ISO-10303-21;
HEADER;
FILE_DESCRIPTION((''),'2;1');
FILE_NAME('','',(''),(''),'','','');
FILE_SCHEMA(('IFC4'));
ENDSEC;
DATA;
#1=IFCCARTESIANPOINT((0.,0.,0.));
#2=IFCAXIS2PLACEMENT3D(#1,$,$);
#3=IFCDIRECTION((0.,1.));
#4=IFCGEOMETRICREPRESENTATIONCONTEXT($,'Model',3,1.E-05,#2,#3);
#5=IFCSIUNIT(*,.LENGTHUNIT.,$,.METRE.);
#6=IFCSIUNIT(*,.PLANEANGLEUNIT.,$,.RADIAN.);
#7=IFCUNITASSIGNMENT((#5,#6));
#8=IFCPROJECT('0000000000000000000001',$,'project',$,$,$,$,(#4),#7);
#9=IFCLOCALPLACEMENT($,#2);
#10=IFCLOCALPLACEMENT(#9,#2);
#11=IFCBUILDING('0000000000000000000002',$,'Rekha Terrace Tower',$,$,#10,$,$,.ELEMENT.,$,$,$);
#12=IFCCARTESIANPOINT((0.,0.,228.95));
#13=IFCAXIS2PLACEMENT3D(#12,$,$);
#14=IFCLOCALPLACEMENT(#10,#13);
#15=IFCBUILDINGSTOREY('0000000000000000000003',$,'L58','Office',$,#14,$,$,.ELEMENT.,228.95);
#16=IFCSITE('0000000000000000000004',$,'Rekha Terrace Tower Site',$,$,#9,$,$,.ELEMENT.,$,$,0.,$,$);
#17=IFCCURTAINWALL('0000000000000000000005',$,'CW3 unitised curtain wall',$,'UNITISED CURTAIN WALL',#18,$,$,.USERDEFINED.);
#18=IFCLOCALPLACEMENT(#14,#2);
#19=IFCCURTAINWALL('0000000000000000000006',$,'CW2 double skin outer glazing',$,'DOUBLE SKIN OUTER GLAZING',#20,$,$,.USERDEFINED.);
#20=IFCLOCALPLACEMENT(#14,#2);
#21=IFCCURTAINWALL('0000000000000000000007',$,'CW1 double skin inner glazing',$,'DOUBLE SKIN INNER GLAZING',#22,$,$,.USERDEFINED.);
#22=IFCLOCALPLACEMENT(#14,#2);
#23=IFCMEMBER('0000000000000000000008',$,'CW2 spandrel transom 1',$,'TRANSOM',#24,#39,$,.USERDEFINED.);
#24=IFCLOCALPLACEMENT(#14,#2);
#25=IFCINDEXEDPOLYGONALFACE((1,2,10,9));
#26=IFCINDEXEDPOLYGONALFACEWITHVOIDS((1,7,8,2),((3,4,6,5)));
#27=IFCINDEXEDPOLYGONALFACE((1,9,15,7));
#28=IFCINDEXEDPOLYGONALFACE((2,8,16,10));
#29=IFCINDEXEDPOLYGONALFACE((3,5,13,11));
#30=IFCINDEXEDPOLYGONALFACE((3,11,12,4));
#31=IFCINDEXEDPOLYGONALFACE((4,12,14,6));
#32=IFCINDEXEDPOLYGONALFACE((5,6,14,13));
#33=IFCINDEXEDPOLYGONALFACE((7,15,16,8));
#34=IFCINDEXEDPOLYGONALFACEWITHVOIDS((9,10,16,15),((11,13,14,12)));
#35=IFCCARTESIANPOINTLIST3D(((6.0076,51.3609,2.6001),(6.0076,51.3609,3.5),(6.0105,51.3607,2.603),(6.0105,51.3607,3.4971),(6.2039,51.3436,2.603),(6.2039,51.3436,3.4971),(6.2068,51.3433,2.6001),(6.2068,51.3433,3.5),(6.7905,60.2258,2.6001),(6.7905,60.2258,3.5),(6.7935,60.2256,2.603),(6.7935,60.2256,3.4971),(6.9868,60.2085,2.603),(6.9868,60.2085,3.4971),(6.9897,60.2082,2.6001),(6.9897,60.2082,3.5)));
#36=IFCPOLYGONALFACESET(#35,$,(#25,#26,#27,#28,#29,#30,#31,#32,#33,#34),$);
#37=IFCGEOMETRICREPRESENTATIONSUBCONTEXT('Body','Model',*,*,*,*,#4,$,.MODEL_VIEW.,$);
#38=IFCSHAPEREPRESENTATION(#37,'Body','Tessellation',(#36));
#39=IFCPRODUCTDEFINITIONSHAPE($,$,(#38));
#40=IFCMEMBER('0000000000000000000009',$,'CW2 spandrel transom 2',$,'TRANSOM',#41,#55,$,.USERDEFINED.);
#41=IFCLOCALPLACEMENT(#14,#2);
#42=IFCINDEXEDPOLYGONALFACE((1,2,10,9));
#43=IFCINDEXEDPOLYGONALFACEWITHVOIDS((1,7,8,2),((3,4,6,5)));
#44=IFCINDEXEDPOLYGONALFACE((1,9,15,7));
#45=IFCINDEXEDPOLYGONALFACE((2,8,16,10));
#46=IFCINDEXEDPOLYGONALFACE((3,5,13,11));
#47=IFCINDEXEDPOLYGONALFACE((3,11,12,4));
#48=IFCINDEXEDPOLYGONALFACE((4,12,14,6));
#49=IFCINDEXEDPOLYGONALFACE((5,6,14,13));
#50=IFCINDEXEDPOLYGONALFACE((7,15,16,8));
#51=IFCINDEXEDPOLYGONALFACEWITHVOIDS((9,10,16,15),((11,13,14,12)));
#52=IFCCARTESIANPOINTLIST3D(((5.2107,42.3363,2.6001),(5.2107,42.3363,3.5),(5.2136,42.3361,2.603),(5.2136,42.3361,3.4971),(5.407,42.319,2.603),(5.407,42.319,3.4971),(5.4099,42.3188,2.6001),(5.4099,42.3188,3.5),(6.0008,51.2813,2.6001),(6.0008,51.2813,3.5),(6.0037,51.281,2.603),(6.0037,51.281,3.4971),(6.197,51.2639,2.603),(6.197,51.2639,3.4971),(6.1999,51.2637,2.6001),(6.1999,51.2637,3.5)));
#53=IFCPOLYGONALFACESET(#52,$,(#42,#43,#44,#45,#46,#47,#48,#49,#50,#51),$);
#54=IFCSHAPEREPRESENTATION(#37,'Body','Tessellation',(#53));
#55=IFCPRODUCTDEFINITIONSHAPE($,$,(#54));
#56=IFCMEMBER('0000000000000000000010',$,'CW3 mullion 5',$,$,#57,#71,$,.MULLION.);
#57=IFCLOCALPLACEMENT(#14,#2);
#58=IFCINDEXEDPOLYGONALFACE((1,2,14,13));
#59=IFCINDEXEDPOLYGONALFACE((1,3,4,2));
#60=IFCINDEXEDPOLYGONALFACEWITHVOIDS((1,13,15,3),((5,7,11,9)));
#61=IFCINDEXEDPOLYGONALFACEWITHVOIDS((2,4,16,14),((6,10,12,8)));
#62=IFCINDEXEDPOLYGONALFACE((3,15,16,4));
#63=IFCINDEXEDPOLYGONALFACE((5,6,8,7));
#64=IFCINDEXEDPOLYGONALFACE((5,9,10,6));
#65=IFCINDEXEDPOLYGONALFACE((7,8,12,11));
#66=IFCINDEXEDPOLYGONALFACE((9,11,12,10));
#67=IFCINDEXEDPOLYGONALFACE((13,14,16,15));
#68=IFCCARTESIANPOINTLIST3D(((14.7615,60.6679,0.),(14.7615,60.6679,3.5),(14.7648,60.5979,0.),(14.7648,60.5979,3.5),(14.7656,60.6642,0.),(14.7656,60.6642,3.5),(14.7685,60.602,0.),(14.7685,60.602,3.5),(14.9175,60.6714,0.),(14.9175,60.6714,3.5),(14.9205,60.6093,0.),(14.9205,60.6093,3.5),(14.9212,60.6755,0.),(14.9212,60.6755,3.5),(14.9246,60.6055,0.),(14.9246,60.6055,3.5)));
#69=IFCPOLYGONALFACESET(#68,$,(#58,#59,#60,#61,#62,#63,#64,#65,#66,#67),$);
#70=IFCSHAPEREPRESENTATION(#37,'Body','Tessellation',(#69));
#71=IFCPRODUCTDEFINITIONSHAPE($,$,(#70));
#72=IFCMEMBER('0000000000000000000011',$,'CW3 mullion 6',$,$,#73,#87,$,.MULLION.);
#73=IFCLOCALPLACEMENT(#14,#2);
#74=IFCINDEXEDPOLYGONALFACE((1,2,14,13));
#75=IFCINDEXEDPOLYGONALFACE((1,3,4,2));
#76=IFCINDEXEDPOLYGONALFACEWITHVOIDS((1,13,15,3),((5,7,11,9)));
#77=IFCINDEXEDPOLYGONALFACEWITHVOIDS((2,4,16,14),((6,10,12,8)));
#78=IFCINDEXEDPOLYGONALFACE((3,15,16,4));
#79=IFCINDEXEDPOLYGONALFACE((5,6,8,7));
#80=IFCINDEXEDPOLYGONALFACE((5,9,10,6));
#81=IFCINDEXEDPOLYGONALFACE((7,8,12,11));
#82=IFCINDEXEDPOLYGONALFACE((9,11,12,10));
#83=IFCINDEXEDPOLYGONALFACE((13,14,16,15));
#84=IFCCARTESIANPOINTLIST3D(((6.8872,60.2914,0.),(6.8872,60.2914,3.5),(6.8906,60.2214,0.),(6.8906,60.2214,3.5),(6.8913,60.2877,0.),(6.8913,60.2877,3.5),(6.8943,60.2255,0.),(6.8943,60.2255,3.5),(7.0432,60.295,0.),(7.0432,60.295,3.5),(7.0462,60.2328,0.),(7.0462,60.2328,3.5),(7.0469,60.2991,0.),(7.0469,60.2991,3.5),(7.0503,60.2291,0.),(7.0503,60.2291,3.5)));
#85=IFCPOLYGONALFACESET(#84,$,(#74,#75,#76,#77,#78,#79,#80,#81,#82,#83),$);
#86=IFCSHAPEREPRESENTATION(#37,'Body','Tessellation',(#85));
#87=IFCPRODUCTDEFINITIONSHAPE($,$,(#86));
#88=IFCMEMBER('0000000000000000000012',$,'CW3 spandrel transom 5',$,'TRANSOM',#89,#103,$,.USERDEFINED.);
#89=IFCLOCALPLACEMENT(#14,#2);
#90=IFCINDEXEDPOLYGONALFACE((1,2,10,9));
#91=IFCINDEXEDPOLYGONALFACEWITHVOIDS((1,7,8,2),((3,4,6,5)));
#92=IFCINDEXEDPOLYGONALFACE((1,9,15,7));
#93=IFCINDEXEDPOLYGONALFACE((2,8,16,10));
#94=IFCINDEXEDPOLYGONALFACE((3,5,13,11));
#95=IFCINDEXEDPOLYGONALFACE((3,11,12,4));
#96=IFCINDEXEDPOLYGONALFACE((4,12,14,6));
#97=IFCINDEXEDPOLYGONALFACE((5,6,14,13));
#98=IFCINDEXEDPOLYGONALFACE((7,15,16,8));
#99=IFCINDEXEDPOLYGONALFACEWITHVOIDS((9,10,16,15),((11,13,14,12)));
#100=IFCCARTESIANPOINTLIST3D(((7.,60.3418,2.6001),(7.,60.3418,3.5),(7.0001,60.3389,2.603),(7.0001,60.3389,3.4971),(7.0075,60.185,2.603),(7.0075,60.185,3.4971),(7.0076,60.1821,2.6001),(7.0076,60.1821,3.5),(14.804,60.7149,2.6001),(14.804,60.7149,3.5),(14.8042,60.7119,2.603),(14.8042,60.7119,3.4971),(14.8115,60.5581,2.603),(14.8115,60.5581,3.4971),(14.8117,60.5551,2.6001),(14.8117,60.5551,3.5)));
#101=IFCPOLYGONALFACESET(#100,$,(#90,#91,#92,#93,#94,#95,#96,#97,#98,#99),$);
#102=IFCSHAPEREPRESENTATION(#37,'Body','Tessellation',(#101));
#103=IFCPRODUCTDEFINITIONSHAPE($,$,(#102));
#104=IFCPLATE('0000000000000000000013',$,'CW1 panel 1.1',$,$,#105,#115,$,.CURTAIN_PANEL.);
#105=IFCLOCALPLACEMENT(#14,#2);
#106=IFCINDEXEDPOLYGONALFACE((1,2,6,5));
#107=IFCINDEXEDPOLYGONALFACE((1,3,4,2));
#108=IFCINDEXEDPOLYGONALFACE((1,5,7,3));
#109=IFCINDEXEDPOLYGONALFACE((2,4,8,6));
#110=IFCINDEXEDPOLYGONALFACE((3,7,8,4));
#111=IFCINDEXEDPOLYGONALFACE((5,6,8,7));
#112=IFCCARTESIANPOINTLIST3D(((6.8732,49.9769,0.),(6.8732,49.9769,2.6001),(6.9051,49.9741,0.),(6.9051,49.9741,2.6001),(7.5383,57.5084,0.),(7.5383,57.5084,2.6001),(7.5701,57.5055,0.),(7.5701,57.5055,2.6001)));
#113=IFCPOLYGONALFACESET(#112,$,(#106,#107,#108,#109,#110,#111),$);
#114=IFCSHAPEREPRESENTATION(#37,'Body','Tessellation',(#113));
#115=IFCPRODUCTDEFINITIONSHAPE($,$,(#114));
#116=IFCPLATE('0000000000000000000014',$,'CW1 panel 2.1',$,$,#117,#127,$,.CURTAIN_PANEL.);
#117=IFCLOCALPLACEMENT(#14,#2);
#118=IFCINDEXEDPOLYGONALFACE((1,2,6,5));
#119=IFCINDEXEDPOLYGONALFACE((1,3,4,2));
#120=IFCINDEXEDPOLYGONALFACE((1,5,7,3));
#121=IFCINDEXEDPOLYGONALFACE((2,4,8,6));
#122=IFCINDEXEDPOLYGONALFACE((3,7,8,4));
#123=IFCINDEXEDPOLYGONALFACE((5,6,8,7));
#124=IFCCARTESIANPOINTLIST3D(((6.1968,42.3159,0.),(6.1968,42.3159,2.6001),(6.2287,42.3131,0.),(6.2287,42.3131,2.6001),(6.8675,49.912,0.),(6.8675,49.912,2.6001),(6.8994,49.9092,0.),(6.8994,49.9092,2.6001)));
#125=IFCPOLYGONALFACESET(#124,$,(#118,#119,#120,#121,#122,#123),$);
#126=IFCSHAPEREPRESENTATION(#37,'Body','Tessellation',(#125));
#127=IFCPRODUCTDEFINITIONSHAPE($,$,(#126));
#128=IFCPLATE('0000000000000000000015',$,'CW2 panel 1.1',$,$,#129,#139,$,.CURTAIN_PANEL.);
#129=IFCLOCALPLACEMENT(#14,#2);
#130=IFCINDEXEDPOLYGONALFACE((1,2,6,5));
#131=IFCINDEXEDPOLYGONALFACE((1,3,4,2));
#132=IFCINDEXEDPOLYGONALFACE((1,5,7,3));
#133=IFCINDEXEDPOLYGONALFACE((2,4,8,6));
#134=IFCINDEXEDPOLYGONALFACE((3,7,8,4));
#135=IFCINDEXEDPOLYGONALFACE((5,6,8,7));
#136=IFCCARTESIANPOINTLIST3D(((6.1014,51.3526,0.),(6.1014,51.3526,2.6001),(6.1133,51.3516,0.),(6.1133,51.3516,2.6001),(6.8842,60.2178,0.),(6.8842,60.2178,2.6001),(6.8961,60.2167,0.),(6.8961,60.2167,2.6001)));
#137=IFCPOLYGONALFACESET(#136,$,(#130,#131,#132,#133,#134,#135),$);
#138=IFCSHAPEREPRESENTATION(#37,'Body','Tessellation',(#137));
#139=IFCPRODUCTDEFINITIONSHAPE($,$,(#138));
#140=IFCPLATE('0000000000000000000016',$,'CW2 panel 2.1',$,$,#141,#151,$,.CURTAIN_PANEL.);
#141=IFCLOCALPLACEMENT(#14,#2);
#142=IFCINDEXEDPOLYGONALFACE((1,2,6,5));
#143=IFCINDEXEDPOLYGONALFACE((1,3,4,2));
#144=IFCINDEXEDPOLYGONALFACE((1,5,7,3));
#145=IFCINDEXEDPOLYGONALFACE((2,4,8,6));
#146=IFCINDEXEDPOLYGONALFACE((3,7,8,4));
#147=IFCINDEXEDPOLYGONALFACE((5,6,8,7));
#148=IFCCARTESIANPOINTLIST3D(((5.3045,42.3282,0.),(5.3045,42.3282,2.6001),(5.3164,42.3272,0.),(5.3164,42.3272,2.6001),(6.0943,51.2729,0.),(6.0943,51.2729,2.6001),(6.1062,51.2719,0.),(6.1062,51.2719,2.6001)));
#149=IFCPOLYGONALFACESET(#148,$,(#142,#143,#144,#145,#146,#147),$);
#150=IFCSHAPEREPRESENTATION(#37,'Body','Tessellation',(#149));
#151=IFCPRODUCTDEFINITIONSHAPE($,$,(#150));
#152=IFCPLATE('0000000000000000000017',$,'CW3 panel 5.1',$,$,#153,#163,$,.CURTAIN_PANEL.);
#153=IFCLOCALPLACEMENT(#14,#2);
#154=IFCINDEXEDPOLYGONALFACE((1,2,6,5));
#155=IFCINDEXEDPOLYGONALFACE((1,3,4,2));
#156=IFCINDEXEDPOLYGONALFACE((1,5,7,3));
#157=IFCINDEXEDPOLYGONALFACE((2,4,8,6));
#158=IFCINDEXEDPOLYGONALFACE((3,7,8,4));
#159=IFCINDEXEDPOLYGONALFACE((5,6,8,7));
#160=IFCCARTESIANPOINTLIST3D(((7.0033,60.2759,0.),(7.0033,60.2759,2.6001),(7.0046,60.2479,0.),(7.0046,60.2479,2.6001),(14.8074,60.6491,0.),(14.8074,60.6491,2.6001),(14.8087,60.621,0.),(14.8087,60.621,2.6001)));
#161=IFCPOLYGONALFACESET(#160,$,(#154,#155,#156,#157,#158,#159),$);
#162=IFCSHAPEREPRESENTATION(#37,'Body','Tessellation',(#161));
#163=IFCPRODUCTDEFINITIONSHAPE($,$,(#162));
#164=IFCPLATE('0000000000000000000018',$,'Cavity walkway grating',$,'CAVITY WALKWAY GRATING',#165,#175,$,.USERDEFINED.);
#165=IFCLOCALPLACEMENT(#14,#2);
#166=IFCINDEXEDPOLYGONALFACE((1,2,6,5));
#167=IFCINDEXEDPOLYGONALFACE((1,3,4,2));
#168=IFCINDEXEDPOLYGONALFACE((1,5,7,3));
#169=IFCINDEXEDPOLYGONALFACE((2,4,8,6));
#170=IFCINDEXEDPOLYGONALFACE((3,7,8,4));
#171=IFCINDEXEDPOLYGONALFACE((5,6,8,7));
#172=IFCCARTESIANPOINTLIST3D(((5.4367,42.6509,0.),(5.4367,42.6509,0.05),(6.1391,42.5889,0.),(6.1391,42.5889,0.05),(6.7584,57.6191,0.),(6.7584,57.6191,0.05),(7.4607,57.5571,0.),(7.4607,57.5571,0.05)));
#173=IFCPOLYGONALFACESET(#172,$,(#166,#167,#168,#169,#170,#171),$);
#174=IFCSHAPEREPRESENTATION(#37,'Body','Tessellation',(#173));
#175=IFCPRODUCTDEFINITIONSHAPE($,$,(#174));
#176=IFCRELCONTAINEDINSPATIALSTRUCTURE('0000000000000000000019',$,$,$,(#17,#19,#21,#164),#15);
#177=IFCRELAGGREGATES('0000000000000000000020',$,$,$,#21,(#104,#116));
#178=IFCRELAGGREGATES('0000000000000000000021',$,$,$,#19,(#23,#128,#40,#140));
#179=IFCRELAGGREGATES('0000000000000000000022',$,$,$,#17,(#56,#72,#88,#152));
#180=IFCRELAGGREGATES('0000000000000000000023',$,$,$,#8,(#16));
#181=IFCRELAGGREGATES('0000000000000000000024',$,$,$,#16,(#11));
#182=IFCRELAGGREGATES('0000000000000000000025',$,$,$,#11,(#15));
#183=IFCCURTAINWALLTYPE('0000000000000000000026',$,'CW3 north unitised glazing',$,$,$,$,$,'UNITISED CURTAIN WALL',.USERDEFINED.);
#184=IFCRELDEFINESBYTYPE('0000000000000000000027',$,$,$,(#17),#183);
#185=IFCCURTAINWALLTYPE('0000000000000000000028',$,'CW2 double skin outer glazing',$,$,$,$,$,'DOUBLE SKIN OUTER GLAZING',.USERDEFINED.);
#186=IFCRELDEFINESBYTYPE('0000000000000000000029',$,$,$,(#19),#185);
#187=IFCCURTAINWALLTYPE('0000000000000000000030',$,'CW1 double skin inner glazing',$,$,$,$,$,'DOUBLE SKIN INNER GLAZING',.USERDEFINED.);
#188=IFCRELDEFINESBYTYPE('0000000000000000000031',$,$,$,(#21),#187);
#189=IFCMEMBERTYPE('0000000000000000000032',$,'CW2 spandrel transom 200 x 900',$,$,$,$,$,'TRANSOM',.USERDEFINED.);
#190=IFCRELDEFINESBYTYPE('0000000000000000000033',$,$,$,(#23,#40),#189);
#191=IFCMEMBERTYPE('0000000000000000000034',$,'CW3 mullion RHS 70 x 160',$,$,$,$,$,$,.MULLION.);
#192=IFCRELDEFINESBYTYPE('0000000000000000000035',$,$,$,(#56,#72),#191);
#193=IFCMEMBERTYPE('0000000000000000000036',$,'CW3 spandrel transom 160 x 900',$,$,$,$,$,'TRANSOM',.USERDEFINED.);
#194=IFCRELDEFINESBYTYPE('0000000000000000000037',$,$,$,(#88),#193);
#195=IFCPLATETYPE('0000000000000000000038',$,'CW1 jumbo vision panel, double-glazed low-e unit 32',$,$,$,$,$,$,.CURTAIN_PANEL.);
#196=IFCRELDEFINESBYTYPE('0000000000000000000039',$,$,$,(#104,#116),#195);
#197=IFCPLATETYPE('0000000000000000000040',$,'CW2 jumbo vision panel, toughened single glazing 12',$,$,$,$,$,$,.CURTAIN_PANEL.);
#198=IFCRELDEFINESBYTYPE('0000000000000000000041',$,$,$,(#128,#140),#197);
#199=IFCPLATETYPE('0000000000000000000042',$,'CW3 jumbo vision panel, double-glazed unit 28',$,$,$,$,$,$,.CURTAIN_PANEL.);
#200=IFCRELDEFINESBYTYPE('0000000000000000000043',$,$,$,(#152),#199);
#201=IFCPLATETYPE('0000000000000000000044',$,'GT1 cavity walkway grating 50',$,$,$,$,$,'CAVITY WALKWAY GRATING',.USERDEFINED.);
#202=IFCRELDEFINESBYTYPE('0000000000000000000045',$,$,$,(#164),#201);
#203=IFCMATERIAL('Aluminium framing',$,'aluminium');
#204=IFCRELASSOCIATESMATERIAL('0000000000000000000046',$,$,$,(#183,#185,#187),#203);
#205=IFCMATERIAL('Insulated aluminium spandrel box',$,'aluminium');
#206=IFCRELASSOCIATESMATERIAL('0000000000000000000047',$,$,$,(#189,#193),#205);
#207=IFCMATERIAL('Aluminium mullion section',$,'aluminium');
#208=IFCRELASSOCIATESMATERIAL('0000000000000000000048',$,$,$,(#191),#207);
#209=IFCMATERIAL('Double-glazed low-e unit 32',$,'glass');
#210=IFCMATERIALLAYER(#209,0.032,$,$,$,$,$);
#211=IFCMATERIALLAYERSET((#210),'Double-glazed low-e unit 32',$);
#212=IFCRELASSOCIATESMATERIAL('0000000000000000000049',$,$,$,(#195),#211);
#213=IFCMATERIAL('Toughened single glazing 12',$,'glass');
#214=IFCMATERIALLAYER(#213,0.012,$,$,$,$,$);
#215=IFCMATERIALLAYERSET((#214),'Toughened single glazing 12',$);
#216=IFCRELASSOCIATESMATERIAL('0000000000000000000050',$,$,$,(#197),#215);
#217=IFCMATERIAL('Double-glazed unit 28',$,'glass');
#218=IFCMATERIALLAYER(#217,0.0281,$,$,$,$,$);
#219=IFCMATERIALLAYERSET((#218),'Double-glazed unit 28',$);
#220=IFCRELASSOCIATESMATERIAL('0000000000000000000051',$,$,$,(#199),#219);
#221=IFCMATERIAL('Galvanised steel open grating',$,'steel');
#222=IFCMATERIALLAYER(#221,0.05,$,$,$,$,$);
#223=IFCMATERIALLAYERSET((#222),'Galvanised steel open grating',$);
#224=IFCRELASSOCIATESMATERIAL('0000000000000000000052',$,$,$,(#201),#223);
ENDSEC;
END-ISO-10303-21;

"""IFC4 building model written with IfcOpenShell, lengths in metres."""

from ifc_helpers import new_model, si_unit, direction, frame, origin, origin_2d, place, context, subcontext, project, spatial, rectangle, hollow_rectangle, extrude, material, layer, layer_set, material_profile, profile_set, type_object, element, aggregate, save


model = new_model("IFC4")

# Units and contexts
model_context = context("Model", 3, precision=1e-05, world=origin(), true_north=direction((0.0, 1.0)))
body_context = subcontext(model_context, "Body", "Model", "MODEL_VIEW")
ifc_project = project(units=[si_unit("LENGTHUNIT", "METRE"), si_unit("PLANEANGLEUNIT", "RADIAN")], contexts=[model_context])

# Site, building, storey
site_placement = place(None, origin())
site = spatial("IfcSite", under=ifc_project, at=site_placement, Name="Rekha Terrace Tower Site", CompositionType="ELEMENT", RefElevation=0.0)
building_placement = place(site_placement, origin())
building = spatial("IfcBuilding", under=site, at=building_placement, Name="Rekha Terrace Tower", CompositionType="ELEMENT")
storey_placement = place(building_placement, frame((0.0, 0.0, 228.95)))
storey = spatial("IfcBuildingStorey", under=building, at=storey_placement, Name="L58", Description="Office", CompositionType="ELEMENT", Elevation=228.95)

# Curtain walls
ifc_material_1 = material(Name="Aluminium framing", Category="aluminium")
curtain_wall_type_1 = type_object("IfcCurtainWallType", Name="CW3 north unitised glazing", ElementType="UNITISED CURTAIN WALL", PredefinedType="USERDEFINED", material=ifc_material_1)
curtain_wall_1_placement = place(storey_placement, origin())
curtain_wall_1 = element("IfcCurtainWall", 1, at=curtain_wall_1_placement, inside=storey, type_object=curtain_wall_type_1, Name="CW3 unitised curtain wall", ObjectType="UNITISED CURTAIN WALL", PredefinedType="USERDEFINED")
curtain_wall_type_2 = type_object("IfcCurtainWallType", Name="CW2 double skin outer glazing", ElementType="DOUBLE SKIN OUTER GLAZING", PredefinedType="USERDEFINED", material=ifc_material_1)
curtain_wall_2_placement = place(storey_placement, origin())
curtain_wall_2 = element("IfcCurtainWall", 2, at=curtain_wall_2_placement, inside=storey, type_object=curtain_wall_type_2, Name="CW2 double skin outer glazing", ObjectType="DOUBLE SKIN OUTER GLAZING", PredefinedType="USERDEFINED")

# Curtain wall
curtain_wall_type_3 = type_object("IfcCurtainWallType", Name="CW1 double skin inner glazing", ElementType="DOUBLE SKIN INNER GLAZING", PredefinedType="USERDEFINED", material=ifc_material_1)
curtain_wall_3_placement = place(storey_placement, origin())
curtain_wall_3 = element("IfcCurtainWall", 3, at=curtain_wall_3_placement, inside=storey, type_object=curtain_wall_type_3, Name="CW1 double skin inner glazing", ObjectType="DOUBLE SKIN INNER GLAZING", PredefinedType="USERDEFINED")
ifc_material_2 = material(Name="Aluminium mullion section", Category="aluminium")
ifc_material_3 = material(Name="Insulated aluminium spandrel box", Category="aluminium")

# Members
ifc_material_profile_1 = material_profile(ifc_material_3, hollow_rectangle(XDim=0.2, YDim=0.8999, WallThickness=0.0029, at=origin_2d()), Name="AL SPANDREL BOX 200x900")
ifc_profile_set_1 = profile_set([ifc_material_profile_1], Name="Insulated aluminium spandrel box")
member_type_1 = type_object("IfcMemberType", Name="CW2 spandrel transom 200 x 900", ElementType="TRANSOM", PredefinedType="USERDEFINED", material=ifc_profile_set_1)
member_1_placement = place(storey_placement, frame((6.8901, 60.217, 3.05), z_axis=(-0.087978, -0.996122, 0.0), x_axis=(0.996122, -0.087978, 0.0)))
member_1 = element("IfcMember", 4, at=member_1_placement, type_object=member_type_1, Name="CW2 spandrel transom 1", ObjectType="TRANSOM", PredefinedType="USERDEFINED", context=body_context, shape_type="SweptSolid", body=[
    extrude(hollow_rectangle(XDim=0.2, YDim=0.8999, WallThickness=0.0029, at=origin_2d()), origin(), (0.0, 0.0, 1.0), 8.8994),
])
member_2_placement = place(storey_placement, frame((6.1003, 51.2725, 3.05), z_axis=(-0.087981, -0.996122, 0.0), x_axis=(0.996122, -0.087981, 0.0)))
member_2 = element("IfcMember", 5, at=member_2_placement, type_object=member_type_1, Name="CW2 spandrel transom 2", ObjectType="TRANSOM", PredefinedType="USERDEFINED", context=body_context, shape_type="SweptSolid", body=[
    extrude(hollow_rectangle(XDim=0.2, YDim=0.8999, WallThickness=0.0029, at=origin_2d()), origin(), (0.0, 0.0, 1.0), 8.9797),
])
ifc_material_profile_2 = material_profile(ifc_material_2, hollow_rectangle(XDim=0.0701, YDim=0.1599, WallThickness=0.0039, at=origin_2d()), Name="AL RHS 70x160")
ifc_profile_set_2 = profile_set([ifc_material_profile_2], Name="Aluminium mullion section")
member_type_2 = type_object("IfcMemberType", Name="CW3 mullion RHS 70 x 160", PredefinedType="MULLION", material=ifc_profile_set_2)
member_3_placement = place(storey_placement, frame((14.843, 60.6367, 0.0), z_axis=(0.0, 0.0, 1.0), x_axis=(0.047759, -0.998859, 0.0)))
member_3 = element("IfcMember", 6, at=member_3_placement, type_object=member_type_2, Name="CW3 mullion 5", PredefinedType="MULLION", context=body_context, shape_type="SweptSolid", body=[
    extrude(hollow_rectangle(XDim=0.0701, YDim=0.1599, WallThickness=0.0039, at=origin_2d()), origin(), (0.0, 0.0, 1.0), 3.5),
])
member_4_placement = place(storey_placement, frame((6.9688, 60.2603, 0.0), z_axis=(0.0, 0.0, 1.0), x_axis=(0.047759, -0.998859, 0.0)))
member_4 = element("IfcMember", 7, at=member_4_placement, type_object=member_type_2, Name="CW3 mullion 6", PredefinedType="MULLION", context=body_context, shape_type="SweptSolid", body=[
    extrude(hollow_rectangle(XDim=0.0701, YDim=0.1599, WallThickness=0.0039, at=origin_2d()), origin(), (0.0, 0.0, 1.0), 3.5),
])
ifc_material_profile_3 = material_profile(ifc_material_3, hollow_rectangle(XDim=0.1599, YDim=0.8999, WallThickness=0.0029, at=origin_2d()), Name="AL SPANDREL BOX 160x900")
ifc_profile_set_3 = profile_set([ifc_material_profile_3], Name="Insulated aluminium spandrel box")
member_type_3 = type_object("IfcMemberType", Name="CW3 spandrel transom 160 x 900", ElementType="TRANSOM", PredefinedType="USERDEFINED", material=ifc_profile_set_3)
member_5_placement = place(storey_placement, frame((14.8079, 60.635, 3.05), z_axis=(-0.998859, -0.047748, 0.0), x_axis=(0.047748, -0.998859, 0.0)))
member_5 = element("IfcMember", 8, at=member_5_placement, type_object=member_type_3, Name="CW3 spandrel transom 5", ObjectType="TRANSOM", PredefinedType="USERDEFINED", context=body_context, shape_type="SweptSolid", body=[
    extrude(hollow_rectangle(XDim=0.1599, YDim=0.8999, WallThickness=0.0029, at=origin_2d()), origin(), (0.0, 0.0, 1.0), 7.813),
])

# Plates
ifc_material_4 = material(Name="Double-glazed low-e unit 32", Category="glass")
ifc_layer_1 = layer(ifc_material_4, 0.032)
ifc_layer_set_1 = layer_set([ifc_layer_1], Name="Double-glazed low-e unit 32")
plate_type_1 = type_object("IfcPlateType", Name="CW1 jumbo vision panel, double-glazed low-e unit 32", PredefinedType="CURTAIN_PANEL", material=ifc_layer_set_1)
plate_1_placement = place(storey_placement, frame((7.2217, 53.7412, 0.0), z_axis=(0.0, 0.0, 1.0), x_axis=(-0.087958, -0.996124, 0.0)))
plate_1 = element("IfcPlate", 9, at=plate_1_placement, type_object=plate_type_1, Name="CW1 panel 1.1", PredefinedType="CURTAIN_PANEL", context=body_context, shape_type="SweptSolid", body=[
    extrude(rectangle(XDim=7.5608, YDim=0.032, at=origin_2d()), origin(), (0.0, 0.0, 1.0), 2.6001),
])
plate_2_placement = place(storey_placement, frame((6.5481, 46.1125, 0.0), z_axis=(0.0, 0.0, 1.0), x_axis=(-0.087958, -0.996124, 0.0)))
plate_2 = element("IfcPlate", 10, at=plate_2_placement, type_object=plate_type_1, Name="CW1 panel 2.1", PredefinedType="CURTAIN_PANEL", context=body_context, shape_type="SweptSolid", body=[
    extrude(rectangle(XDim=7.6257, YDim=0.032, at=origin_2d()), origin(), (0.0, 0.0, 1.0), 2.6001),
])
aggregate(curtain_wall_3, [plate_1, plate_2])
ifc_material_5 = material(Name="Toughened single glazing 12", Category="glass")
ifc_layer_2 = layer(ifc_material_5, 0.012)
ifc_layer_set_2 = layer_set([ifc_layer_2], Name="Toughened single glazing 12")
plate_type_2 = type_object("IfcPlateType", Name="CW2 jumbo vision panel, toughened single glazing 12", PredefinedType="CURTAIN_PANEL", material=ifc_layer_set_2)
plate_3_placement = place(storey_placement, frame((6.4988, 55.7847, 0.0), z_axis=(0.0, 0.0, 1.0), x_axis=(-0.087958, -0.996124, 0.0)))
plate_3 = element("IfcPlate", 11, at=plate_3_placement, type_object=plate_type_2, Name="CW2 panel 1.1", PredefinedType="CURTAIN_PANEL", context=body_context, shape_type="SweptSolid", body=[
    extrude(rectangle(XDim=8.8997, YDim=0.012, at=origin_2d()), origin(), (0.0, 0.0, 1.0), 2.6001),
])
plate_4_placement = place(storey_placement, frame((5.7053, 46.8, 0.0), z_axis=(0.0, 0.0, 1.0), x_axis=(-0.087958, -0.996124, 0.0)))
plate_4 = element("IfcPlate", 12, at=plate_4_placement, type_object=plate_type_2, Name="CW2 panel 2.1", PredefinedType="CURTAIN_PANEL", context=body_context, shape_type="SweptSolid", body=[
    extrude(rectangle(XDim=8.9795, YDim=0.012, at=origin_2d()), origin(), (0.0, 0.0, 1.0), 2.6001),
])
aggregate(curtain_wall_2, [member_1, plate_3, member_2, plate_4])
ifc_material_6 = material(Name="Double-glazed unit 28", Category="glass")
ifc_layer_3 = layer(ifc_material_6, 0.0281)
ifc_layer_set_3 = layer_set([ifc_layer_3], Name="Double-glazed unit 28")
plate_type_3 = type_object("IfcPlateType", Name="CW3 jumbo vision panel, double-glazed unit 28", PredefinedType="CURTAIN_PANEL", material=ifc_layer_set_3)
plate_5_placement = place(storey_placement, frame((10.906, 60.4485, 0.0), z_axis=(0.0, 0.0, 1.0), x_axis=(-0.998859, -0.047759, 0.0)))
plate_5 = element("IfcPlate", 13, at=plate_5_placement, type_object=plate_type_3, Name="CW3 panel 5.1", PredefinedType="CURTAIN_PANEL", context=body_context, shape_type="SweptSolid", body=[
    extrude(rectangle(XDim=7.813, YDim=0.0281, at=origin_2d()), origin(), (0.0, 0.0, 1.0), 2.6001),
])
aggregate(curtain_wall_1, [member_3, member_4, member_5, plate_5])
ifc_material_7 = material(Name="Galvanised steel open grating", Category="steel")
ifc_layer_4 = layer(ifc_material_7, 0.05)
ifc_layer_set_4 = layer_set([ifc_layer_4], Name="Galvanised steel open grating")
plate_type_4 = type_object("IfcPlateType", Name="GT1 cavity walkway grating 50", ElementType="CAVITY WALKWAY GRATING", PredefinedType="USERDEFINED", material=ifc_layer_set_4)
plate_6_placement = place(storey_placement, frame((6.4487, 50.104, 0.0), z_axis=(0.0, 0.0, 1.0), x_axis=(-0.087958, -0.996124, 0.0)))
element("IfcPlate", 14, at=plate_6_placement, inside=storey, type_object=plate_type_4, Name="Cavity walkway grating", ObjectType="CAVITY WALKWAY GRATING", PredefinedType="USERDEFINED", context=body_context, shape_type="SweptSolid", body=[
    extrude(rectangle(XDim=15.0264, YDim=0.7051, at=origin_2d()), origin(), (0.0, 0.0, 1.0), 0.05),
])

save(model, "model.ifc")
